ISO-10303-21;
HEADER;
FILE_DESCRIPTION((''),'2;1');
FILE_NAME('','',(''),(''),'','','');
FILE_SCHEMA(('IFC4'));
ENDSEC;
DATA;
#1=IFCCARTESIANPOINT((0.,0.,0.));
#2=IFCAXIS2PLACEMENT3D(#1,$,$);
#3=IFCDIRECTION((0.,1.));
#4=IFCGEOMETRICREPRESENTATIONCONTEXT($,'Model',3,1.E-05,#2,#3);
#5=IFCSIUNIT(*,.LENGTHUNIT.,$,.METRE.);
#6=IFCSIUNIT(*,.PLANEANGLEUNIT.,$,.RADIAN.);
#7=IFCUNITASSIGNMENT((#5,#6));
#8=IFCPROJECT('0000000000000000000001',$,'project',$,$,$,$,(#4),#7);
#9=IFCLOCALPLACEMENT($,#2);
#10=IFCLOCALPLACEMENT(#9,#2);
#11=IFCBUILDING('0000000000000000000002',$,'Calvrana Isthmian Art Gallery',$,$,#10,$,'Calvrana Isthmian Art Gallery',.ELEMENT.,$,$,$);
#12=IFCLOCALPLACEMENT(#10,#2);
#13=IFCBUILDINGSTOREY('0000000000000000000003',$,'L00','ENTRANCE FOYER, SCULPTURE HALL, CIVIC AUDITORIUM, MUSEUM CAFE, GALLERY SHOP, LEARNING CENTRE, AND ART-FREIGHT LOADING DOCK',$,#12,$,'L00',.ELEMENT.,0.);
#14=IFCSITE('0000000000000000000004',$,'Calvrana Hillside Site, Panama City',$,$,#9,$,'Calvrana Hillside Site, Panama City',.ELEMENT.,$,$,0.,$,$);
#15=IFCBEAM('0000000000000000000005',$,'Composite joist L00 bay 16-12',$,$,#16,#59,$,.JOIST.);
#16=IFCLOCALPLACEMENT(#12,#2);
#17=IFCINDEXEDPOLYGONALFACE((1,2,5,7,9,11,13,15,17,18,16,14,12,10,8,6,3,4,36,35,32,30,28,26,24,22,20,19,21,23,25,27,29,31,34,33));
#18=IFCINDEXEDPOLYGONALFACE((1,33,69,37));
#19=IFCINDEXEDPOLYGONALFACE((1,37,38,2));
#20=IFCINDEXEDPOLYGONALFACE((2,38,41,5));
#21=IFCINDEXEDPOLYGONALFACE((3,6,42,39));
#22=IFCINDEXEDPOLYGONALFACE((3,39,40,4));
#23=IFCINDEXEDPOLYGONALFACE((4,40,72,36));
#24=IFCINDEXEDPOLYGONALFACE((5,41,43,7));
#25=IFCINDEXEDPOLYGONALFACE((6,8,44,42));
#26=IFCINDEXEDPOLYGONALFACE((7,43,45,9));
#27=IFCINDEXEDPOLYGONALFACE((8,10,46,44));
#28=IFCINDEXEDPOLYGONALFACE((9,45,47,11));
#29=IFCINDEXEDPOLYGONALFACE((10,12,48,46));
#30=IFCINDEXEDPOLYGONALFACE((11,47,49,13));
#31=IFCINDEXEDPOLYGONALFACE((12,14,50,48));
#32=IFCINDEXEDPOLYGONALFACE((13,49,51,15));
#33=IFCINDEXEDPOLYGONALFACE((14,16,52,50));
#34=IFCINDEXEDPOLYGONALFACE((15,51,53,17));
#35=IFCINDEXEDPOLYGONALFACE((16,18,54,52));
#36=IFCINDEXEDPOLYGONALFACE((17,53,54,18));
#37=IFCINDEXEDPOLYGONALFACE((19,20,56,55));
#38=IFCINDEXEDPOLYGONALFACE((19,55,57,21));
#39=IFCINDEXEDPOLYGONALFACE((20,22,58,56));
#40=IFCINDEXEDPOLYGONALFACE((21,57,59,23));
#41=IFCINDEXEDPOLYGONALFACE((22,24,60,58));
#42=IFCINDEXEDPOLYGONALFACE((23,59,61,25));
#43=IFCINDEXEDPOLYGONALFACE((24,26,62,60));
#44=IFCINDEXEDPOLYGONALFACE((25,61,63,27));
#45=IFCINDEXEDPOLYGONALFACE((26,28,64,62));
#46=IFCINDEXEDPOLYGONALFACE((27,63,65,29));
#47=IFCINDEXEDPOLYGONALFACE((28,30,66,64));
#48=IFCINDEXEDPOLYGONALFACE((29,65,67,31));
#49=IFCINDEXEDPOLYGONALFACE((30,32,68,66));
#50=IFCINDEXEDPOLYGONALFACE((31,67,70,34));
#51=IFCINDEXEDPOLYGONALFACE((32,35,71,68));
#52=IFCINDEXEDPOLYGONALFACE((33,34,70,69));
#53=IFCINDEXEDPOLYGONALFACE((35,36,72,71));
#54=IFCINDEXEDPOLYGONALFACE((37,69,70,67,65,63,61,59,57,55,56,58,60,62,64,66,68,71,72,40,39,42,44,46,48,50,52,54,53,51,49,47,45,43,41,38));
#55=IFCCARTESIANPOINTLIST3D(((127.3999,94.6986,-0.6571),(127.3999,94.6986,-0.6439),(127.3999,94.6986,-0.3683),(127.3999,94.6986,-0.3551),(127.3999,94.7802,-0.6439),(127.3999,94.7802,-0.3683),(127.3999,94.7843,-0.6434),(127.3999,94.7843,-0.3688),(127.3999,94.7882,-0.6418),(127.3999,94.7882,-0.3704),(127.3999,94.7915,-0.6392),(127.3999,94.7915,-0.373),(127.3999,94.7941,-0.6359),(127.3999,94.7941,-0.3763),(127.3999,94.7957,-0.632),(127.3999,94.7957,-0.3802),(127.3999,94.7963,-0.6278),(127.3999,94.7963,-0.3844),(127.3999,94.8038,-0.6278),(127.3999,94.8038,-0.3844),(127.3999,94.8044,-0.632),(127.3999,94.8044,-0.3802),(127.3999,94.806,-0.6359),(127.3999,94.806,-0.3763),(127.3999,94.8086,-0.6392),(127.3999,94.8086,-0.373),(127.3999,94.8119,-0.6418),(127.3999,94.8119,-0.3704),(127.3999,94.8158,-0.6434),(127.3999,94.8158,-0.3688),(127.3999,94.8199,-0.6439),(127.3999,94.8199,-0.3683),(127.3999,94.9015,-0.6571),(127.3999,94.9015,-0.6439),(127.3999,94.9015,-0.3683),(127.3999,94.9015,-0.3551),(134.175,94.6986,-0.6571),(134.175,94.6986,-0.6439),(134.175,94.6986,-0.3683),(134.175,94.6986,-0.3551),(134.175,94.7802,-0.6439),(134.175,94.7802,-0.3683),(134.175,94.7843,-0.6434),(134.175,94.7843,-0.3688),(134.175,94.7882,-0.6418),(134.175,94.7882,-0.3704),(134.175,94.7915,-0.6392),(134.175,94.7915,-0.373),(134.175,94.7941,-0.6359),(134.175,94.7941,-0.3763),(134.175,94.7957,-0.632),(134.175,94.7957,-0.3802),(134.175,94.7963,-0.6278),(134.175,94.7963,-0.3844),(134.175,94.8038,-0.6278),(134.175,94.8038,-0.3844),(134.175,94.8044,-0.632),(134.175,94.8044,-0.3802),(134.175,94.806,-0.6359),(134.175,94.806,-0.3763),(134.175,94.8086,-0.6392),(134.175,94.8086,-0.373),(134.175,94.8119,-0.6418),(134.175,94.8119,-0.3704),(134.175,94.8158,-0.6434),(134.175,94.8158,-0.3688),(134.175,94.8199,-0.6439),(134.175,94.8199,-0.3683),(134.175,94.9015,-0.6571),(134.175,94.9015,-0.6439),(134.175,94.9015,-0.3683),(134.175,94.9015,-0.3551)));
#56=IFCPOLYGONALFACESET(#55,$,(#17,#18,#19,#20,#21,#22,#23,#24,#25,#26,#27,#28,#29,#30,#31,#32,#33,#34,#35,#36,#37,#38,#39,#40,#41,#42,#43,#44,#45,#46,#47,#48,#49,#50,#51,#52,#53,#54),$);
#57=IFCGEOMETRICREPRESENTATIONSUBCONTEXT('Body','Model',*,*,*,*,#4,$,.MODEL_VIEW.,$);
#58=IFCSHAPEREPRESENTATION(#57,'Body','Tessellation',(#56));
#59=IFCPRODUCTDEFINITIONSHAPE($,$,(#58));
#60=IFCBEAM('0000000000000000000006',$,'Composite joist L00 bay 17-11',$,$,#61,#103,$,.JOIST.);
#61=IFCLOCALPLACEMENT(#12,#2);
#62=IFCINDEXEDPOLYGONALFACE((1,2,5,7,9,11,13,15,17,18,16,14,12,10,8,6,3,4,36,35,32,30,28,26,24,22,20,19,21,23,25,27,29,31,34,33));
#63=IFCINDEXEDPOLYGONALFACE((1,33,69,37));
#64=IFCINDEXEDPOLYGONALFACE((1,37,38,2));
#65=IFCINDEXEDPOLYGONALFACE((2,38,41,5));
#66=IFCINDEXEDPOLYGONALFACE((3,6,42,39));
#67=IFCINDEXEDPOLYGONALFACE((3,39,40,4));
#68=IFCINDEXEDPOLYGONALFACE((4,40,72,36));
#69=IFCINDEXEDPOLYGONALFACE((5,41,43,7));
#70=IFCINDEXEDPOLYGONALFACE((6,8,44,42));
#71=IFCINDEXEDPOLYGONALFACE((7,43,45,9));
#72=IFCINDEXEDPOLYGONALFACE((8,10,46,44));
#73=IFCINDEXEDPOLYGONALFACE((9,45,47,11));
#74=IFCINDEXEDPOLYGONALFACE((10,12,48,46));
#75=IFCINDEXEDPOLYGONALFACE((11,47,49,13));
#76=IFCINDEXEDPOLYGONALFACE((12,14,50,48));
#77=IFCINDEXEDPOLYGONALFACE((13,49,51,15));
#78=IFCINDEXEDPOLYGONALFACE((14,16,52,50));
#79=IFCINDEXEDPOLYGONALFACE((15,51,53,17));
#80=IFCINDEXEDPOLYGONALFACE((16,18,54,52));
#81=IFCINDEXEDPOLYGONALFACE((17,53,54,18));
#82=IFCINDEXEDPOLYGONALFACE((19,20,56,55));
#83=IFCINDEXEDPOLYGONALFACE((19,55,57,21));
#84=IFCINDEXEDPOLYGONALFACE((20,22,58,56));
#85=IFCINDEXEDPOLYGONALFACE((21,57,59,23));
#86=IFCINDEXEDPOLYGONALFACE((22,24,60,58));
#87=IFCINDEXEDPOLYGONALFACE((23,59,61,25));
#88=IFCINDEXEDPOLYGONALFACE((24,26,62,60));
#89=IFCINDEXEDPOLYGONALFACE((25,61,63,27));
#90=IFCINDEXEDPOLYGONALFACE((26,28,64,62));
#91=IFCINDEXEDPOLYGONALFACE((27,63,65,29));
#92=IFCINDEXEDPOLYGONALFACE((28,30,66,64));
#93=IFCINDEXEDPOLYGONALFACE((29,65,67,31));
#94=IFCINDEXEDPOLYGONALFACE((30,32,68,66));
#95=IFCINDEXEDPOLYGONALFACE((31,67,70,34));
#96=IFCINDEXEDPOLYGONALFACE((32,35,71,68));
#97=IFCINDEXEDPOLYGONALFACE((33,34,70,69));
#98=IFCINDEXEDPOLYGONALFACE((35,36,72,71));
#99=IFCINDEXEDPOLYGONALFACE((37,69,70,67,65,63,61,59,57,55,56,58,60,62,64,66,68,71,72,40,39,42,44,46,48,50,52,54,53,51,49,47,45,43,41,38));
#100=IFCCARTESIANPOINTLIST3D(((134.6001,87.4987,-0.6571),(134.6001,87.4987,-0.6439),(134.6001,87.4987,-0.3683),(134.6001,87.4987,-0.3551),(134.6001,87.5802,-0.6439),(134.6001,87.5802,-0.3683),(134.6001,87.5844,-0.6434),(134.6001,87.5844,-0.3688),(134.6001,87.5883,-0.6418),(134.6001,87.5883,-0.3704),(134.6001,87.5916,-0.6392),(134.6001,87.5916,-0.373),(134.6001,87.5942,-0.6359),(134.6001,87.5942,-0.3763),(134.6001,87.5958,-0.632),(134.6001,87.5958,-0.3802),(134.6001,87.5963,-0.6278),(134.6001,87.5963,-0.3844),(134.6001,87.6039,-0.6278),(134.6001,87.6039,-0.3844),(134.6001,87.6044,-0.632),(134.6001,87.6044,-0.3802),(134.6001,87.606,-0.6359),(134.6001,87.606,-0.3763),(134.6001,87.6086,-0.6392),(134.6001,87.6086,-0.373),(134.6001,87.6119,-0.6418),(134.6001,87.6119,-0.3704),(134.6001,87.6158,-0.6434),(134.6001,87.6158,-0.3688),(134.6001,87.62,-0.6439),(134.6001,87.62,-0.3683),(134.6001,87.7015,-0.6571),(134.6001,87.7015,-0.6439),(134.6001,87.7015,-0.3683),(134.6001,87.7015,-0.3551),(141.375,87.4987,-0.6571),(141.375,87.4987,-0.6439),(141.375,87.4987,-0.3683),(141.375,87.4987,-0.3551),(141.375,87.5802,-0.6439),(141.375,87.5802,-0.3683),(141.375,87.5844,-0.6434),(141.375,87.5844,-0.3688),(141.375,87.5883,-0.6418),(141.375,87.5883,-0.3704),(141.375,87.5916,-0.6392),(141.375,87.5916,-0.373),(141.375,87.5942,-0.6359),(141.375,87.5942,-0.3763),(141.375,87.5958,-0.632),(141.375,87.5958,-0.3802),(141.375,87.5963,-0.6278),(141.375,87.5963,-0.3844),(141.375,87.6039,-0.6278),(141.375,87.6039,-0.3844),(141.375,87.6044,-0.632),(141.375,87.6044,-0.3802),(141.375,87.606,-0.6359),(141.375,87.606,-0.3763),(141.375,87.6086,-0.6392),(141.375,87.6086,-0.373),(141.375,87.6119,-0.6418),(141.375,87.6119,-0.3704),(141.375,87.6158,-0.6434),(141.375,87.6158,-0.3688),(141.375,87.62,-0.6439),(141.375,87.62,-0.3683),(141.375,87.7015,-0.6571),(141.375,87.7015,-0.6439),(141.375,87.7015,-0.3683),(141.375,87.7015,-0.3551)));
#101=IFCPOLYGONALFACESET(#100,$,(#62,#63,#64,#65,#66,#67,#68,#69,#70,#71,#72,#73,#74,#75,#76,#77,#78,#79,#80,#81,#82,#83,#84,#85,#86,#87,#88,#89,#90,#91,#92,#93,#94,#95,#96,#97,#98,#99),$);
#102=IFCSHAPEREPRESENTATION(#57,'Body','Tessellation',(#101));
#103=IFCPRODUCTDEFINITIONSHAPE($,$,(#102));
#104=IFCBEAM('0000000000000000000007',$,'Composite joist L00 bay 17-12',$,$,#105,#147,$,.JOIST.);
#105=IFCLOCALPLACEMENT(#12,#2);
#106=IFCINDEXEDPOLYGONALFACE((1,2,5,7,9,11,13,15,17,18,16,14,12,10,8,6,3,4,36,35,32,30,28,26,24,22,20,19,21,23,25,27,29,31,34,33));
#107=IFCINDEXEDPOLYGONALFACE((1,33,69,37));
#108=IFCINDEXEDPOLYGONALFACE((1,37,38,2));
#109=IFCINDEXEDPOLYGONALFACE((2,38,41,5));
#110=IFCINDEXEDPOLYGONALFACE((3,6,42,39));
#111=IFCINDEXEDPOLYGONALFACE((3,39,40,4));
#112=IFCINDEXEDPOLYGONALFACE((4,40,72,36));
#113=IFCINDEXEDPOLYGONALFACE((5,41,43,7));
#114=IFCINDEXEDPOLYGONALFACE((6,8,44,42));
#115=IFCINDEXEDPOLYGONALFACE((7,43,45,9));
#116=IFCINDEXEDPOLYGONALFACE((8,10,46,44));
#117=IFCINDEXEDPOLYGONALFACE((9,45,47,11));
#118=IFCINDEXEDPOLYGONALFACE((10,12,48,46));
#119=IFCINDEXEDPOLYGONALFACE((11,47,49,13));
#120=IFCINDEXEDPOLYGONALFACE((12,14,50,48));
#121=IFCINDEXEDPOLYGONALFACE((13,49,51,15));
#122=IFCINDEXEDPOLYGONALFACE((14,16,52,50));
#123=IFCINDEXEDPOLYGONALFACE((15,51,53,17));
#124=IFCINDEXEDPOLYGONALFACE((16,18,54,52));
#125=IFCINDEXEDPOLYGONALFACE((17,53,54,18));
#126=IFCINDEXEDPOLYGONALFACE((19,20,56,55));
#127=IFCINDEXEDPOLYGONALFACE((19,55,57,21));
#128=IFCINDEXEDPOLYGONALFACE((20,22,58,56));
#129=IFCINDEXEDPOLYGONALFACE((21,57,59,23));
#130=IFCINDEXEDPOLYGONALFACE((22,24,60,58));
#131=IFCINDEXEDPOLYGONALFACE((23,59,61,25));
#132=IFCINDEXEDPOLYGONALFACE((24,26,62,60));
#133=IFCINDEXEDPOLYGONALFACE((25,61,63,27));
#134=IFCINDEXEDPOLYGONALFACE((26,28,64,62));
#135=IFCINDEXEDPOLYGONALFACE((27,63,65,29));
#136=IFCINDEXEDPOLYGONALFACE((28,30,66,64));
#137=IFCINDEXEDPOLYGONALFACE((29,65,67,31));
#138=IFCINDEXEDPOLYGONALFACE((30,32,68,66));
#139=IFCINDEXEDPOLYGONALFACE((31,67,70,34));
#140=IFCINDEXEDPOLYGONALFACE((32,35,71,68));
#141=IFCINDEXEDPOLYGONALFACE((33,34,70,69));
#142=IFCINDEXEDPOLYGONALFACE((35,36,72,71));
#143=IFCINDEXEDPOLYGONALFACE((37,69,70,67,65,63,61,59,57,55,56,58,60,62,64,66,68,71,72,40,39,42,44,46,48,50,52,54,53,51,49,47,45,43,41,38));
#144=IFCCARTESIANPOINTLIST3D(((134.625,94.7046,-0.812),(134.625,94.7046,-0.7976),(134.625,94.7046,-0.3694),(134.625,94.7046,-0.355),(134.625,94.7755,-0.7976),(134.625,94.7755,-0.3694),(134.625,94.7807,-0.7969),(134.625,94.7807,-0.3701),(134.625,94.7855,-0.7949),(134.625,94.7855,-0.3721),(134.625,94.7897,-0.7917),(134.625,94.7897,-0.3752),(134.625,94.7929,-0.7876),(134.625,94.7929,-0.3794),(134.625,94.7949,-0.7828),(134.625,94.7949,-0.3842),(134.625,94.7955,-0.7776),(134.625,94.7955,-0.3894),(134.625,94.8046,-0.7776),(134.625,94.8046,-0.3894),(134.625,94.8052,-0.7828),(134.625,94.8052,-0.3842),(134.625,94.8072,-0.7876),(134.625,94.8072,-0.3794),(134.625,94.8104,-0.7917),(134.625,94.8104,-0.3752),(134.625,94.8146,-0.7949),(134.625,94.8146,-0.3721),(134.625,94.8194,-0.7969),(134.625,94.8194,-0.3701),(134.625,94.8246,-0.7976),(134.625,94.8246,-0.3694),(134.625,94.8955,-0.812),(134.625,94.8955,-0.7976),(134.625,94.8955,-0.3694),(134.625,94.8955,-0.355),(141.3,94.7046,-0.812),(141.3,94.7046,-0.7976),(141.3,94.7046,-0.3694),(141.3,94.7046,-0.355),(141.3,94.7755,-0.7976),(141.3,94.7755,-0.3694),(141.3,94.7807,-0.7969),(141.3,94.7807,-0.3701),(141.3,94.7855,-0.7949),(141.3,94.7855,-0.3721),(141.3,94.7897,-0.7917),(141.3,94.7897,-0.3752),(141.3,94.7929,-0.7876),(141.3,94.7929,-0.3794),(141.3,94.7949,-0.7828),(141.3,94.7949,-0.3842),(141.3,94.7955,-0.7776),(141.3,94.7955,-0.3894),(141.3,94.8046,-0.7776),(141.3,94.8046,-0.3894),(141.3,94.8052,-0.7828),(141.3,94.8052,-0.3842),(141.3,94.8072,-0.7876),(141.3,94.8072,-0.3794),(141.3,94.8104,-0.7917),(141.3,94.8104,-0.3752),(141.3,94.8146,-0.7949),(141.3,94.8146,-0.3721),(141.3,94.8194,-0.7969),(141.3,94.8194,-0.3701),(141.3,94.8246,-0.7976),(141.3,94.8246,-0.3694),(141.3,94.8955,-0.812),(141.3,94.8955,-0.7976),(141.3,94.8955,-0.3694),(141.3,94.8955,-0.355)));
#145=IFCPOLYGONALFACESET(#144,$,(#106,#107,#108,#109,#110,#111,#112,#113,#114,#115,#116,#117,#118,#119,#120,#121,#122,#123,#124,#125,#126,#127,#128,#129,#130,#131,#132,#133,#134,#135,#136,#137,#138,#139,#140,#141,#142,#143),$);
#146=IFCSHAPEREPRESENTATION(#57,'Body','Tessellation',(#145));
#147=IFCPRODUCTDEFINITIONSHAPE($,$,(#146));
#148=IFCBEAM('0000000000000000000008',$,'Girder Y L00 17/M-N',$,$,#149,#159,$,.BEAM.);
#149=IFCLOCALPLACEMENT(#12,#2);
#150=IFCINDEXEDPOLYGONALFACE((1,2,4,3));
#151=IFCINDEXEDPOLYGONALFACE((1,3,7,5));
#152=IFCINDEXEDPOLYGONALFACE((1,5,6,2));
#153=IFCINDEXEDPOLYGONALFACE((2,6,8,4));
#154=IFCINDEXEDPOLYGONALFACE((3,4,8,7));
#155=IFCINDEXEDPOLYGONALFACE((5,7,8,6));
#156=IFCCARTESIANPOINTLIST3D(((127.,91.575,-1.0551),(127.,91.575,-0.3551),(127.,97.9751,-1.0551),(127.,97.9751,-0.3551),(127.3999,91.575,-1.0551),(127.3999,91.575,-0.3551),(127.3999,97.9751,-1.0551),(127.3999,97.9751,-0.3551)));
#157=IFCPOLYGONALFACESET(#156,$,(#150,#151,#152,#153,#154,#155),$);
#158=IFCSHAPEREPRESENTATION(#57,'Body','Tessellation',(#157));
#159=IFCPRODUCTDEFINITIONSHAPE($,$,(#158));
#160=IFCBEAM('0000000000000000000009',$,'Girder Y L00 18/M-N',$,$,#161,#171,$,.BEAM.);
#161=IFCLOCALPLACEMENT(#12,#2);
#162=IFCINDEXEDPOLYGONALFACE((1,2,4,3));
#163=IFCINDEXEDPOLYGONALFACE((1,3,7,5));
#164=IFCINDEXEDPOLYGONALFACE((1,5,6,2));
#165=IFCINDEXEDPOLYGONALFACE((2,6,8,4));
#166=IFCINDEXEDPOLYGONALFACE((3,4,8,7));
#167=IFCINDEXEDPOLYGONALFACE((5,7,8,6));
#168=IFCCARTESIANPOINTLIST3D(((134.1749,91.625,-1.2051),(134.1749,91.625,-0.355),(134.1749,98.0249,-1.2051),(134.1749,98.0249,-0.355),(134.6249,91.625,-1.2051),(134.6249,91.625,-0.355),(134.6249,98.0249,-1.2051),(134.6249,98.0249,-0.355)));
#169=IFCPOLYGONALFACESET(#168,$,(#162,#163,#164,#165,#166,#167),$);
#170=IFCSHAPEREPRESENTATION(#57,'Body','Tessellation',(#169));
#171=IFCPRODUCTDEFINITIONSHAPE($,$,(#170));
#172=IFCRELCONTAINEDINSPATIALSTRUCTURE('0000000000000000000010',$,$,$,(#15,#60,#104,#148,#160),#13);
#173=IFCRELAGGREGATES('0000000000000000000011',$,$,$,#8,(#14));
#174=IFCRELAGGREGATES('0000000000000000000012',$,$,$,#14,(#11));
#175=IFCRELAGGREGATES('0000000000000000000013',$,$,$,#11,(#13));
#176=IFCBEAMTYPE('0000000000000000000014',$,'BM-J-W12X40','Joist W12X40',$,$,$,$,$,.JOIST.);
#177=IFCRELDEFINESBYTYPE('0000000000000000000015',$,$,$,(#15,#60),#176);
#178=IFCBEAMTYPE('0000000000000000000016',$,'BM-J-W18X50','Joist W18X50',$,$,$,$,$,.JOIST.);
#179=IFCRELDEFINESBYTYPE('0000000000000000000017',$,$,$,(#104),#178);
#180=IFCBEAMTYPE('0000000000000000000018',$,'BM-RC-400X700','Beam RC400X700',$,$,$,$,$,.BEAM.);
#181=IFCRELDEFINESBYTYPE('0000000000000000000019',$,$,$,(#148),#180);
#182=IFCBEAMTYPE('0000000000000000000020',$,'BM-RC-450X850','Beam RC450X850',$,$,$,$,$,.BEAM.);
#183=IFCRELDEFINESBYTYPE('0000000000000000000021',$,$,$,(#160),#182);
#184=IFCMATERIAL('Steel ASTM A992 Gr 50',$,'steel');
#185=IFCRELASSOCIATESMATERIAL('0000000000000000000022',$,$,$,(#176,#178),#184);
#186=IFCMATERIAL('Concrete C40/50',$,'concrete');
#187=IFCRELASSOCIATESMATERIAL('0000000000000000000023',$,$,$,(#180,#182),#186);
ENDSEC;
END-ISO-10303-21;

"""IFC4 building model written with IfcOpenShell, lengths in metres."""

from ifc_helpers import new_model, si_unit, direction, frame, origin, origin_2d, place, context, subcontext, project, spatial, rectangle, i_section, extrude, material, material_profile, profile_set, type_object, element, save


model = new_model("IFC4")

# Units and contexts
model_context = context("Model", 3, precision=1e-05, world=origin(), true_north=direction((0.0, 1.0)))
body_context = subcontext(model_context, "Body", "Model", "MODEL_VIEW")
ifc_project = project(units=[si_unit("LENGTHUNIT", "METRE"), si_unit("PLANEANGLEUNIT", "RADIAN")], contexts=[model_context])

# Site, building, storey
site_placement = place(None, origin())
site = spatial("IfcSite", under=ifc_project, at=site_placement, Name="Calvrana Hillside Site, Panama City", LongName="Calvrana Hillside Site, Panama City", CompositionType="ELEMENT", RefElevation=0.0)
building_placement = place(site_placement, origin())
building = spatial("IfcBuilding", under=site, at=building_placement, Name="Calvrana Isthmian Art Gallery", LongName="Calvrana Isthmian Art Gallery", CompositionType="ELEMENT")
storey_placement = place(building_placement, origin())
storey = spatial("IfcBuildingStorey", under=building, at=storey_placement, Name="L00", Description="ENTRANCE FOYER, SCULPTURE HALL, CIVIC AUDITORIUM, MUSEUM CAFE, GALLERY SHOP, LEARNING CENTRE, AND ART-FREIGHT LOADING DOCK", LongName="L00", CompositionType="ELEMENT", Elevation=0.0)

# Shared definitions
ifc_material_1 = material(Name="Concrete C40/50", Category="concrete")

# Beams
ifc_material_2 = material(Name="Steel ASTM A992 Gr 50", Category="steel")
ifc_material_profile_1 = material_profile(ifc_material_2, i_section(OverallWidth=0.2029, OverallDepth=0.302, WebThickness=0.0076, FlangeThickness=0.0132, FilletRadius=0.0161, at=origin_2d()), Name="W12X40")
ifc_profile_set_1 = profile_set([ifc_material_profile_1], Name="Steel ASTM A992 Gr 50")
beam_type_1 = type_object("IfcBeamType", Name="BM-J-W12X40", Description="Joist W12X40", PredefinedType="JOIST", material=ifc_profile_set_1)
beam_1_placement = place(storey_placement, frame((127.3999, 94.8, -0.5061), z_axis=(1.0, 0.0, 0.0), x_axis=(0.0, 1.0, 0.0)))
element("IfcBeam", 1, at=beam_1_placement, inside=storey, type_object=beam_type_1, Name="Composite joist L00 bay 16-12", PredefinedType="JOIST", context=body_context, shape_type="SweptSolid", body=[
    extrude(i_section(OverallWidth=0.2029, OverallDepth=0.302, WebThickness=0.0076, FlangeThickness=0.0132, FilletRadius=0.0161, at=origin_2d()), origin(), (0.0, 0.0, 1.0), 6.7751),
])
beam_2_placement = place(storey_placement, frame((134.6001, 87.6001, -0.5061), z_axis=(1.0, 0.0, 0.0), x_axis=(0.0, 1.0, 0.0)))
element("IfcBeam", 2, at=beam_2_placement, inside=storey, type_object=beam_type_1, Name="Composite joist L00 bay 17-11", PredefinedType="JOIST", context=body_context, shape_type="SweptSolid", body=[
    extrude(i_section(OverallWidth=0.2029, OverallDepth=0.302, WebThickness=0.0076, FlangeThickness=0.0132, FilletRadius=0.0161, at=origin_2d()), origin(), (0.0, 0.0, 1.0), 6.7749),
])
ifc_material_profile_2 = material_profile(ifc_material_2, i_section(OverallWidth=0.1909, OverallDepth=0.457, WebThickness=0.009, FlangeThickness=0.0144, FilletRadius=0.02, at=origin_2d()), Name="W18X50")
ifc_profile_set_2 = profile_set([ifc_material_profile_2], Name="Steel ASTM A992 Gr 50")
beam_type_2 = type_object("IfcBeamType", Name="BM-J-W18X50", Description="Joist W18X50", PredefinedType="JOIST", material=ifc_profile_set_2)
beam_3_placement = place(storey_placement, frame((134.625, 94.8, -0.5835), z_axis=(1.0, 0.0, 0.0), x_axis=(0.0, 1.0, 0.0)))
element("IfcBeam", 3, at=beam_3_placement, inside=storey, type_object=beam_type_2, Name="Composite joist L00 bay 17-12", PredefinedType="JOIST", context=body_context, shape_type="SweptSolid", body=[
    extrude(i_section(OverallWidth=0.1909, OverallDepth=0.457, WebThickness=0.009, FlangeThickness=0.0144, FilletRadius=0.02, at=origin_2d()), origin(), (0.0, 0.0, 1.0), 6.675),
])
ifc_material_profile_3 = material_profile(ifc_material_1, rectangle(XDim=0.3999, YDim=0.7, at=origin_2d()), Name="RC400X700")
ifc_profile_set_3 = profile_set([ifc_material_profile_3], Name="Concrete C40/50")
beam_type_3 = type_object("IfcBeamType", Name="BM-RC-400X700", Description="Beam RC400X700", PredefinedType="BEAM", material=ifc_profile_set_3)
beam_4_placement = place(storey_placement, frame((127.2, 91.575, -0.7051), z_axis=(0.0, 1.0, 0.0), x_axis=(-1.0, 0.0, 0.0)))
element("IfcBeam", 4, at=beam_4_placement, inside=storey, type_object=beam_type_3, Name="Girder Y L00 17/M-N", PredefinedType="BEAM", context=body_context, shape_type="SweptSolid", body=[
    extrude(rectangle(XDim=0.3999, YDim=0.7, at=origin_2d()), origin(), (0.0, 0.0, 1.0), 6.4001),
])
ifc_material_profile_4 = material_profile(ifc_material_1, rectangle(XDim=0.45, YDim=0.8501, at=origin_2d()), Name="RC450X850")
ifc_profile_set_4 = profile_set([ifc_material_profile_4], Name="Concrete C40/50")
beam_type_4 = type_object("IfcBeamType", Name="BM-RC-450X850", Description="Beam RC450X850", PredefinedType="BEAM", material=ifc_profile_set_4)
beam_5_placement = place(storey_placement, frame((134.3999, 91.625, -0.78), z_axis=(0.0, 1.0, 0.0), x_axis=(-1.0, 0.0, 0.0)))
element("IfcBeam", 5, at=beam_5_placement, inside=storey, type_object=beam_type_4, Name="Girder Y L00 18/M-N", PredefinedType="BEAM", context=body_context, shape_type="SweptSolid", body=[
    extrude(rectangle(XDim=0.45, YDim=0.8501, at=origin_2d()), origin(), (0.0, 0.0, 1.0), 6.3999),
])

save(model, "model.ifc")
